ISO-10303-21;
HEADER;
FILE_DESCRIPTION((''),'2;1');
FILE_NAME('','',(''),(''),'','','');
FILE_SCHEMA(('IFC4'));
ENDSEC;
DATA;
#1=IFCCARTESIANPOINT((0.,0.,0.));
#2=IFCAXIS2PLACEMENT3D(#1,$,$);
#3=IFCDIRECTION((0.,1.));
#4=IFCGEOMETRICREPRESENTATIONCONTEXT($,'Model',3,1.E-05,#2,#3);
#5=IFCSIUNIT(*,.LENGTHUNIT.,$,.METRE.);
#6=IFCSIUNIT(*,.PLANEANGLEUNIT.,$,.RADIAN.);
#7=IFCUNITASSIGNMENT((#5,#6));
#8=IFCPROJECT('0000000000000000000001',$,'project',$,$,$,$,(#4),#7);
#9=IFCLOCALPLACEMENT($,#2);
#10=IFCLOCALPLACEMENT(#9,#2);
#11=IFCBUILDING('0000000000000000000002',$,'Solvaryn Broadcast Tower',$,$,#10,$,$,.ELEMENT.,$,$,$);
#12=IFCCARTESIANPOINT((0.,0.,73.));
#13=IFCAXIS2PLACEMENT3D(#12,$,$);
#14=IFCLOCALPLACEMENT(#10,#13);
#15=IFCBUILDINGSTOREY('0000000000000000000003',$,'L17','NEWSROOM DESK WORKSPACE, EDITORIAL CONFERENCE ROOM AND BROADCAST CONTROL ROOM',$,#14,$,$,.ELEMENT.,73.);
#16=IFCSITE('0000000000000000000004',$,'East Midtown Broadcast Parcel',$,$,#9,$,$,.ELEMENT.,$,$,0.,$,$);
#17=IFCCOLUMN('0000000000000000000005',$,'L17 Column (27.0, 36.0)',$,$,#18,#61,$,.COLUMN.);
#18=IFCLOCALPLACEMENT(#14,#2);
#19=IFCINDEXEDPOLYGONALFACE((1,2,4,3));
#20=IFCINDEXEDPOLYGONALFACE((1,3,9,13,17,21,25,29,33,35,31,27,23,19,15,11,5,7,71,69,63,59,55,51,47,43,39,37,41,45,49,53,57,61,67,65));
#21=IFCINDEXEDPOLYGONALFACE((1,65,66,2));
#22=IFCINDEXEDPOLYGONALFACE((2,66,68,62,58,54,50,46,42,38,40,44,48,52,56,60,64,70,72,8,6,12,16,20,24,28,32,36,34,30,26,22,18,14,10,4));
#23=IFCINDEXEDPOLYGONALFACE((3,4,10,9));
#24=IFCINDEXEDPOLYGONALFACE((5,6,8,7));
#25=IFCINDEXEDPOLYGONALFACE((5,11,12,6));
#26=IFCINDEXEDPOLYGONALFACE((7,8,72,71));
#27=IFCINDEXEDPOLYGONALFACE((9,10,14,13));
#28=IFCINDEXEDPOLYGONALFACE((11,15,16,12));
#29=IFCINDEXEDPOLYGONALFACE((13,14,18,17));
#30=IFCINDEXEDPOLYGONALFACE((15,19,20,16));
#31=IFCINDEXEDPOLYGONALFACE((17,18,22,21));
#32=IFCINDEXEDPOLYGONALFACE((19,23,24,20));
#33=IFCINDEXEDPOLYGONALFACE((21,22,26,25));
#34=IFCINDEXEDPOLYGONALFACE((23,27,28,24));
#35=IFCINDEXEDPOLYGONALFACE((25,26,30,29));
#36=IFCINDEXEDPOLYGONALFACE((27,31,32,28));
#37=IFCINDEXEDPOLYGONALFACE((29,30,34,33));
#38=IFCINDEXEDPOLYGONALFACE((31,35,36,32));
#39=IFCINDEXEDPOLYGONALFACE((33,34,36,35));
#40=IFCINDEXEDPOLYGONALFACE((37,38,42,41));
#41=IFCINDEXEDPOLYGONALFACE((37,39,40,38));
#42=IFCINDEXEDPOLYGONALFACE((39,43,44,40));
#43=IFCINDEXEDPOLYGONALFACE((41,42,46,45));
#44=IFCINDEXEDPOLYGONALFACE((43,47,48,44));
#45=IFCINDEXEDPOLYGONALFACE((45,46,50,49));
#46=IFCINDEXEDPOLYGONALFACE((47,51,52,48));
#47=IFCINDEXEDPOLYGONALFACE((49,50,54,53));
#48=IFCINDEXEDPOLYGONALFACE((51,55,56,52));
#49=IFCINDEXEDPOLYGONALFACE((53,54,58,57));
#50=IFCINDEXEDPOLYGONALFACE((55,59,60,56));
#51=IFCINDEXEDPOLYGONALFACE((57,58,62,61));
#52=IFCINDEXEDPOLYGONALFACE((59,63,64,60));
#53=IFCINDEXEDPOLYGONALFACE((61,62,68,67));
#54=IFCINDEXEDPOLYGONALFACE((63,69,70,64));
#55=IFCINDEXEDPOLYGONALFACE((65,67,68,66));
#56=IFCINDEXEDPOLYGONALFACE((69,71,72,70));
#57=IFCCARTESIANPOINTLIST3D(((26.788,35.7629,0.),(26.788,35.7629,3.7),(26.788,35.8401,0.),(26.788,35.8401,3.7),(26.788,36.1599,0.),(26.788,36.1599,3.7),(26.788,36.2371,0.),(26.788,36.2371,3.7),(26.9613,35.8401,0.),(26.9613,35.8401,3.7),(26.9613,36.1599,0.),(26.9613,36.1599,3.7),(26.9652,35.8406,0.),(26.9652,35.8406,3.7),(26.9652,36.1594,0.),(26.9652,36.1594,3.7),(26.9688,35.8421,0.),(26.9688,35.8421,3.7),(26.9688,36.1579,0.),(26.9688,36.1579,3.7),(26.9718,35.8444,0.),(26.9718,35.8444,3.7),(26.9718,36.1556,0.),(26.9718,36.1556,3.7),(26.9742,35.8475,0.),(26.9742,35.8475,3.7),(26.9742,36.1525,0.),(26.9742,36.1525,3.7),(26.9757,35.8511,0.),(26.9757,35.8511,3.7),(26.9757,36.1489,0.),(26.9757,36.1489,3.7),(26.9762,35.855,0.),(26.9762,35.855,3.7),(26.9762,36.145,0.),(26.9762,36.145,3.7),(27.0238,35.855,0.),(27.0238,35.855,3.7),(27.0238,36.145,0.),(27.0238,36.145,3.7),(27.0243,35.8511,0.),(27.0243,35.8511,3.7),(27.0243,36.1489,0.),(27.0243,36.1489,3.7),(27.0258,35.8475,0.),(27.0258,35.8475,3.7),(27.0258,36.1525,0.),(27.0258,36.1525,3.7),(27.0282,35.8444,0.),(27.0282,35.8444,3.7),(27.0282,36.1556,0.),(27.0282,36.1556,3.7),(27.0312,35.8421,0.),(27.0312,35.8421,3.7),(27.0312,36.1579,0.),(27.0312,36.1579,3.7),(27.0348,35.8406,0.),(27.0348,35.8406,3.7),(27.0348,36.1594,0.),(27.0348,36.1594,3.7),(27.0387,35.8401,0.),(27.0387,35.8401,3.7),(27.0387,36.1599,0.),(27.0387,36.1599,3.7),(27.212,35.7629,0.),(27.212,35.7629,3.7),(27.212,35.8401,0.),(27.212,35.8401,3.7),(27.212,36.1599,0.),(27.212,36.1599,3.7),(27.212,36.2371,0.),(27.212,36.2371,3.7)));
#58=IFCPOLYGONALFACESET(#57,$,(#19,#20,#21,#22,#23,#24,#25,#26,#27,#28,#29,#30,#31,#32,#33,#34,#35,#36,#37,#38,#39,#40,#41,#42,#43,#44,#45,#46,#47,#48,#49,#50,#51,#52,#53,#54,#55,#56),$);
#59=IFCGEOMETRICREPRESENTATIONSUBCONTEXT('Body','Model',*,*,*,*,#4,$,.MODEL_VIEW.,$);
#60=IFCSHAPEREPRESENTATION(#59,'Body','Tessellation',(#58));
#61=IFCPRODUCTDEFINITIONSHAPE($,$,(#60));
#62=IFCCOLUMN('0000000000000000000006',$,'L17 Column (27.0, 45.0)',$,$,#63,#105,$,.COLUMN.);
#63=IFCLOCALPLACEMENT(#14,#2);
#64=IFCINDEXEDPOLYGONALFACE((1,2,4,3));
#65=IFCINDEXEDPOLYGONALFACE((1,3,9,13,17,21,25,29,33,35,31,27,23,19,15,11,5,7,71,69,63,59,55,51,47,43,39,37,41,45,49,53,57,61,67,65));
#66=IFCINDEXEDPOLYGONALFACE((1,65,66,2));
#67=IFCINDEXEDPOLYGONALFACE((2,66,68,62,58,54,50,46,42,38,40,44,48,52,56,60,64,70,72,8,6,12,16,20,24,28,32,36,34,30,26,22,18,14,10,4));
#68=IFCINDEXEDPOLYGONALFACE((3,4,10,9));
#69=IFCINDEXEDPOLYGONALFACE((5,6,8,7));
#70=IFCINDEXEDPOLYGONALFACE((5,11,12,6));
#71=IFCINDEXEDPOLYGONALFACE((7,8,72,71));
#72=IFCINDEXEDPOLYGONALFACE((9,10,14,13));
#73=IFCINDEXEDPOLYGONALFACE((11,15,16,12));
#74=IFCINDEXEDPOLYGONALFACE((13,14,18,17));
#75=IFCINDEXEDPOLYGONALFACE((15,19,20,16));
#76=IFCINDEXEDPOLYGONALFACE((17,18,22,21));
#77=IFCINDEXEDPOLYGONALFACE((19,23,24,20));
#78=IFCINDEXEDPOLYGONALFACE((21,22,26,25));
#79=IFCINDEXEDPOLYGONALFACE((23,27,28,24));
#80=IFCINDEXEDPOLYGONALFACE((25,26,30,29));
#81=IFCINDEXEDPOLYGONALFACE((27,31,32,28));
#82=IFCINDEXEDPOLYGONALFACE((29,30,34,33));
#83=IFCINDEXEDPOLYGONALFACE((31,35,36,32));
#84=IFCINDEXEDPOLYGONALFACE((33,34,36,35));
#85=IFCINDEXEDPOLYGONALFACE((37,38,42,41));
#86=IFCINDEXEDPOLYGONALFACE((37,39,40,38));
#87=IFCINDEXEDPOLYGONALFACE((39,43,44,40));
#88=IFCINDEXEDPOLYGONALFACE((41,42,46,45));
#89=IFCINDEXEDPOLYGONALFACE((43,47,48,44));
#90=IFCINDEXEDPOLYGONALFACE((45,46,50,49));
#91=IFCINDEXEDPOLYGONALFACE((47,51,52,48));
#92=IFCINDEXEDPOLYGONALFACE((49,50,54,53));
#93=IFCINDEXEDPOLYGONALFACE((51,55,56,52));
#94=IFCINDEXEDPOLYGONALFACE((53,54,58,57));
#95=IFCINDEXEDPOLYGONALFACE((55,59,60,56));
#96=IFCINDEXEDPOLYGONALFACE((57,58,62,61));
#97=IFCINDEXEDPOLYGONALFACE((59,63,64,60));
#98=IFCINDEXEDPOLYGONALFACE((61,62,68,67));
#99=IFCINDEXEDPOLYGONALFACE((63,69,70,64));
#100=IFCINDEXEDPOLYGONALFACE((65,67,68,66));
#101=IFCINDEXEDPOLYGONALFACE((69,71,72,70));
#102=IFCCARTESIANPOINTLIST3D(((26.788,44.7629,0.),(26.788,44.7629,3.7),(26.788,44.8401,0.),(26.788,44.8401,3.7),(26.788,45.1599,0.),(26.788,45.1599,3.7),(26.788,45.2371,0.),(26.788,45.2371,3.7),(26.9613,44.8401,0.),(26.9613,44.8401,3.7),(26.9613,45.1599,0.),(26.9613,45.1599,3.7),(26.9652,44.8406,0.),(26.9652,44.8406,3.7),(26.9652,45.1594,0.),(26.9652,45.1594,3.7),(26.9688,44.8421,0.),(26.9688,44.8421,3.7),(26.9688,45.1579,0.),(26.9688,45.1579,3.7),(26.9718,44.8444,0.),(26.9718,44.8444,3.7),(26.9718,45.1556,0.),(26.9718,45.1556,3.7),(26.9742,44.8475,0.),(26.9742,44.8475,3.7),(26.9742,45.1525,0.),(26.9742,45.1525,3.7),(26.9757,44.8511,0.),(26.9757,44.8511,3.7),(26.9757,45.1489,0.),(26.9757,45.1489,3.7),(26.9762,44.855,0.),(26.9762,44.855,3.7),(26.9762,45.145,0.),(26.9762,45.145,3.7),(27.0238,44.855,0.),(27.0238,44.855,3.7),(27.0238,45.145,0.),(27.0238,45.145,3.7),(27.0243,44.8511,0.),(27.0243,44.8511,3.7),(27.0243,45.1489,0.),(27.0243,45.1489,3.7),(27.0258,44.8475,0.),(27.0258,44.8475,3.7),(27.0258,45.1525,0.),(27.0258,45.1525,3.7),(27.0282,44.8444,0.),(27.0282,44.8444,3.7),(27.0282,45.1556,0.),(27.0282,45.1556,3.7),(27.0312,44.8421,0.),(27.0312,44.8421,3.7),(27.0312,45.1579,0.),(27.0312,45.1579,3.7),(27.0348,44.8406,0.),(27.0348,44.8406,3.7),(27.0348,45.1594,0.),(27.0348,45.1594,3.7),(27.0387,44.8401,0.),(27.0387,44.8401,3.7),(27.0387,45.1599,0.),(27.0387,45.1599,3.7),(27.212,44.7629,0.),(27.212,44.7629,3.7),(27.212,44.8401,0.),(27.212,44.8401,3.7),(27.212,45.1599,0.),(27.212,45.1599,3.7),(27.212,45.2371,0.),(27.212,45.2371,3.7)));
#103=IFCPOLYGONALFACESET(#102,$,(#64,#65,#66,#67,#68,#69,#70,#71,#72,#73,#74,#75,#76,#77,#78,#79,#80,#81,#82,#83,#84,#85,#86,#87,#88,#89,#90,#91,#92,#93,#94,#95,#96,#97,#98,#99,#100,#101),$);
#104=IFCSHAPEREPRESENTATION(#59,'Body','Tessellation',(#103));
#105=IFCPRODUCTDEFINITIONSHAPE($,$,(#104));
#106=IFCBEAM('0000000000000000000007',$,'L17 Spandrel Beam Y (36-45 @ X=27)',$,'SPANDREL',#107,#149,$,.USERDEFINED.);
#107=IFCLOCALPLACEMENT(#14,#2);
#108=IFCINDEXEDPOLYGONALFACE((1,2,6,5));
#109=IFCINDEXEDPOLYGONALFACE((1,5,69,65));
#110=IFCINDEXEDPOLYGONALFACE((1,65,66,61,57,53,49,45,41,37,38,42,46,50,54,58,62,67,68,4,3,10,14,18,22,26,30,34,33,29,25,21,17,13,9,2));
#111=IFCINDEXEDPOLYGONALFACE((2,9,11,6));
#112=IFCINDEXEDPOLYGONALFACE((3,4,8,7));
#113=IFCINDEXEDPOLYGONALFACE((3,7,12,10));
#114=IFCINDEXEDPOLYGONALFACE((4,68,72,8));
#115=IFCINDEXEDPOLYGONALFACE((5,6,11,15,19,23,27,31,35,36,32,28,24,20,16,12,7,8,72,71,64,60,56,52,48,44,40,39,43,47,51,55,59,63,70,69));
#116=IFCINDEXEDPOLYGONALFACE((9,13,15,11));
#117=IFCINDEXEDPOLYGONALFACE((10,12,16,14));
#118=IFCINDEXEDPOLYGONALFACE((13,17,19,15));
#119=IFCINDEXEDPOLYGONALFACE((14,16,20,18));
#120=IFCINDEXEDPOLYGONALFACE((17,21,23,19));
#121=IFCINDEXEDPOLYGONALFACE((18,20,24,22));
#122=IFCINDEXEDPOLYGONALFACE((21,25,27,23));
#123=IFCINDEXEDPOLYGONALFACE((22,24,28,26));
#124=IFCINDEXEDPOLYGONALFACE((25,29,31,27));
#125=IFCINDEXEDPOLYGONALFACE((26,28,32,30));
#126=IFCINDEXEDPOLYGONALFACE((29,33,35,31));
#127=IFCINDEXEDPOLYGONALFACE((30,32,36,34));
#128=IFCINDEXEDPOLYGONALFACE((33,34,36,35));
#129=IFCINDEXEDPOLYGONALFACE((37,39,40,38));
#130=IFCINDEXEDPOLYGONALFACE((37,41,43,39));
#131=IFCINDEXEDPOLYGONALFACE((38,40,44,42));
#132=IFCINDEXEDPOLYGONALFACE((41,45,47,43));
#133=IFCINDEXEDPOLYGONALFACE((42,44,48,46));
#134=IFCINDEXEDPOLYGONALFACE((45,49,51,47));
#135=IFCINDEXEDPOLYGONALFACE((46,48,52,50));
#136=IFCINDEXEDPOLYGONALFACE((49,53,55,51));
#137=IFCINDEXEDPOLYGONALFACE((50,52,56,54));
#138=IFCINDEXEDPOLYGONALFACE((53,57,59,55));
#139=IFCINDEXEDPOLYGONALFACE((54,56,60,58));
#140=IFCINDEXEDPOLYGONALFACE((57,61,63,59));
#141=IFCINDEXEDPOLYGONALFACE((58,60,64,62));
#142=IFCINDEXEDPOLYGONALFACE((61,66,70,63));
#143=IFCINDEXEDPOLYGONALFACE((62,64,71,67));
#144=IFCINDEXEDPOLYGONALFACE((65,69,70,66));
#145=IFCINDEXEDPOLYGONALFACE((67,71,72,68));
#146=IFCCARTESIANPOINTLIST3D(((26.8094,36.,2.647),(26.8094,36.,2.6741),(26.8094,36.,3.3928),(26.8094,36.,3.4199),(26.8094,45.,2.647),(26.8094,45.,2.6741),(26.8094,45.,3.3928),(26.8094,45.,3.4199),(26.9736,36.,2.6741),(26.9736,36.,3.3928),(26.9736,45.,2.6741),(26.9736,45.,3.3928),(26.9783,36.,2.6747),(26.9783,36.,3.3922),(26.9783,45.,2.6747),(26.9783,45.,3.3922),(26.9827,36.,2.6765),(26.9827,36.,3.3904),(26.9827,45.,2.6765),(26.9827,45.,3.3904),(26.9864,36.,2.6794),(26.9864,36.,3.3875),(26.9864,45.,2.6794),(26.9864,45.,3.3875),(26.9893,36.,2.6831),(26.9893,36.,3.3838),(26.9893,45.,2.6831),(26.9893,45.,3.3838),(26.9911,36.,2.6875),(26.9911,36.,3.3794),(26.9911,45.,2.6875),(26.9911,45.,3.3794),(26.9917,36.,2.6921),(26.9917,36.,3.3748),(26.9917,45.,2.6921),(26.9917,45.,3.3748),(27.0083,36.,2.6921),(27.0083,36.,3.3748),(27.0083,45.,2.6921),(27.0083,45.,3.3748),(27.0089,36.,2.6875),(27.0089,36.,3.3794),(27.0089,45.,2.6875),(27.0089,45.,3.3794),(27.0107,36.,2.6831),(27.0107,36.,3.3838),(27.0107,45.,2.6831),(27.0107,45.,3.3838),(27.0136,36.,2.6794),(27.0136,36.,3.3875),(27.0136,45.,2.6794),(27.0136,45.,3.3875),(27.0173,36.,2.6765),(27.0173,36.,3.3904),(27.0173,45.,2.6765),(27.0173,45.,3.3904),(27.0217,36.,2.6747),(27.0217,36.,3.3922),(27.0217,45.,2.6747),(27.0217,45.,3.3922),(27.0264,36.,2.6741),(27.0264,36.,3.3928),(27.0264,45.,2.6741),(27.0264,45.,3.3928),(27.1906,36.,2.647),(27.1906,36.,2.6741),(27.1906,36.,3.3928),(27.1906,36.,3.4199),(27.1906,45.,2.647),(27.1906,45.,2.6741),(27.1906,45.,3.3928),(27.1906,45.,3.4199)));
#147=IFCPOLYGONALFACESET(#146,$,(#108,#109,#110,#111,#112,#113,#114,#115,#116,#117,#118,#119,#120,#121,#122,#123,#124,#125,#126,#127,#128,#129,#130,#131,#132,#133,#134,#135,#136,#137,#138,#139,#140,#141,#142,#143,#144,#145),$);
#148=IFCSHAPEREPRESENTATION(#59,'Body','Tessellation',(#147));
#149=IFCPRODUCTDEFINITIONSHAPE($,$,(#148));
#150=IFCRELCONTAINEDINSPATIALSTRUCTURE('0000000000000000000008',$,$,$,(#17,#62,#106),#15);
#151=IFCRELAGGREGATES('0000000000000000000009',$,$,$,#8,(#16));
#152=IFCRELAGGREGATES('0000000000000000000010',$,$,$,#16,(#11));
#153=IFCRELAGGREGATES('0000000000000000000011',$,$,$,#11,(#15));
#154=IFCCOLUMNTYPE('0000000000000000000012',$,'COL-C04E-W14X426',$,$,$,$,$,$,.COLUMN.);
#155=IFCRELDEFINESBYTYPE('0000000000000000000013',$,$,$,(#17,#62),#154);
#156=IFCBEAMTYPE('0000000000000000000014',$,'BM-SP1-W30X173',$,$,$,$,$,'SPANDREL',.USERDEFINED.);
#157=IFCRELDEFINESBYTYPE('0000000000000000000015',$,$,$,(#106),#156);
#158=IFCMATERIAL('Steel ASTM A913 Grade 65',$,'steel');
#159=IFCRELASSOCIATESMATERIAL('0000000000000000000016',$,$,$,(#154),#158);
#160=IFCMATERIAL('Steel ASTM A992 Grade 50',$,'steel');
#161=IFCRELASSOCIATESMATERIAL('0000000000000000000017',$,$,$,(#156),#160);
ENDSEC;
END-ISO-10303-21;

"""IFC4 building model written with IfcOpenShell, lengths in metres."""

from ifc_helpers import new_model, si_unit, direction, frame, origin, origin_2d, place, context, subcontext, project, spatial, i_section, extrude, material, material_profile, profile_set, type_object, element, save


model = new_model("IFC4")

# Units and contexts
model_context = context("Model", 3, precision=1e-05, world=origin(), true_north=direction((0.0, 1.0)))
body_context = subcontext(model_context, "Body", "Model", "MODEL_VIEW")
ifc_project = project(units=[si_unit("LENGTHUNIT", "METRE"), si_unit("PLANEANGLEUNIT", "RADIAN")], contexts=[model_context])

# Site, building, storey
site_placement = place(None, origin())
site = spatial("IfcSite", under=ifc_project, at=site_placement, Name="East Midtown Broadcast Parcel", CompositionType="ELEMENT", RefElevation=0.0)
building_placement = place(site_placement, origin())
building = spatial("IfcBuilding", under=site, at=building_placement, Name="Solvaryn Broadcast Tower", CompositionType="ELEMENT")
storey_placement = place(building_placement, frame((0.0, 0.0, 73.0)))
storey = spatial("IfcBuildingStorey", under=building, at=storey_placement, Name="L17", Description="NEWSROOM DESK WORKSPACE, EDITORIAL CONFERENCE ROOM AND BROADCAST CONTROL ROOM", CompositionType="ELEMENT", Elevation=73.0)

# Columns
ifc_material_1 = material(Name="Steel ASTM A913 Grade 65", Category="steel")
ifc_material_profile_1 = material_profile(ifc_material_1, i_section(OverallWidth=0.4241, OverallDepth=0.4741, WebThickness=0.0476, FlangeThickness=0.0771, FilletRadius=0.0149, at=origin_2d()))
ifc_profile_set_1 = profile_set([ifc_material_profile_1], Name="Steel ASTM A913 Grade 65")
column_type = type_object("IfcColumnType", Name="COL-C04E-W14X426", PredefinedType="COLUMN", material=ifc_profile_set_1)
for number, where, z_axis, x_axis, name in (
    (1, (27.0, 36.0, 0.0), (0.0, 0.0, 1.0), (1.0, 0.0, 0.0), "L17 Column (27.0, 36.0)"),
    (2, (27.0, 45.0, 0.0), (0.0, 0.0, 1.0), (1.0, 0.0, 0.0), "L17 Column (27.0, 45.0)"),
):
    element("IfcColumn", number, at=place(storey_placement, frame(where, z_axis=z_axis, x_axis=x_axis)), inside=storey, type_object=column_type, Name=name, PredefinedType="COLUMN", context=body_context, shape_type="SweptSolid", body=[
        extrude(i_section(OverallWidth=0.4241, OverallDepth=0.4741, WebThickness=0.0476, FlangeThickness=0.0771, FilletRadius=0.0149, at=origin_2d()), origin(), (0.0, 0.0, 1.0), 3.7),
    ])

# Beam
ifc_material_2 = material(Name="Steel ASTM A992 Grade 50", Category="steel")
ifc_material_profile_2 = material_profile(ifc_material_2, i_section(OverallWidth=0.3811, OverallDepth=0.7729, WebThickness=0.0166, FlangeThickness=0.0271, FilletRadius=0.0181, at=origin_2d()))
ifc_profile_set_2 = profile_set([ifc_material_profile_2], Name="Steel ASTM A992 Grade 50")
beam_type = type_object("IfcBeamType", Name="BM-SP1-W30X173", ElementType="SPANDREL", PredefinedType="USERDEFINED", material=ifc_profile_set_2)
beam_placement = place(storey_placement, frame((27.0, 36.0, 3.0334), z_axis=(0.0, 1.0, 0.0), x_axis=(-1.0, 0.0, 0.0)))
element("IfcBeam", 3, at=beam_placement, inside=storey, type_object=beam_type, Name="L17 Spandrel Beam Y (36-45 @ X=27)", ObjectType="SPANDREL", PredefinedType="USERDEFINED", context=body_context, shape_type="SweptSolid", body=[
    extrude(i_section(OverallWidth=0.3811, OverallDepth=0.7729, WebThickness=0.0166, FlangeThickness=0.0271, FilletRadius=0.0181, at=origin_2d()), origin(), (0.0, 0.0, 1.0), 9.0),
])

save(model, "model.ifc")
